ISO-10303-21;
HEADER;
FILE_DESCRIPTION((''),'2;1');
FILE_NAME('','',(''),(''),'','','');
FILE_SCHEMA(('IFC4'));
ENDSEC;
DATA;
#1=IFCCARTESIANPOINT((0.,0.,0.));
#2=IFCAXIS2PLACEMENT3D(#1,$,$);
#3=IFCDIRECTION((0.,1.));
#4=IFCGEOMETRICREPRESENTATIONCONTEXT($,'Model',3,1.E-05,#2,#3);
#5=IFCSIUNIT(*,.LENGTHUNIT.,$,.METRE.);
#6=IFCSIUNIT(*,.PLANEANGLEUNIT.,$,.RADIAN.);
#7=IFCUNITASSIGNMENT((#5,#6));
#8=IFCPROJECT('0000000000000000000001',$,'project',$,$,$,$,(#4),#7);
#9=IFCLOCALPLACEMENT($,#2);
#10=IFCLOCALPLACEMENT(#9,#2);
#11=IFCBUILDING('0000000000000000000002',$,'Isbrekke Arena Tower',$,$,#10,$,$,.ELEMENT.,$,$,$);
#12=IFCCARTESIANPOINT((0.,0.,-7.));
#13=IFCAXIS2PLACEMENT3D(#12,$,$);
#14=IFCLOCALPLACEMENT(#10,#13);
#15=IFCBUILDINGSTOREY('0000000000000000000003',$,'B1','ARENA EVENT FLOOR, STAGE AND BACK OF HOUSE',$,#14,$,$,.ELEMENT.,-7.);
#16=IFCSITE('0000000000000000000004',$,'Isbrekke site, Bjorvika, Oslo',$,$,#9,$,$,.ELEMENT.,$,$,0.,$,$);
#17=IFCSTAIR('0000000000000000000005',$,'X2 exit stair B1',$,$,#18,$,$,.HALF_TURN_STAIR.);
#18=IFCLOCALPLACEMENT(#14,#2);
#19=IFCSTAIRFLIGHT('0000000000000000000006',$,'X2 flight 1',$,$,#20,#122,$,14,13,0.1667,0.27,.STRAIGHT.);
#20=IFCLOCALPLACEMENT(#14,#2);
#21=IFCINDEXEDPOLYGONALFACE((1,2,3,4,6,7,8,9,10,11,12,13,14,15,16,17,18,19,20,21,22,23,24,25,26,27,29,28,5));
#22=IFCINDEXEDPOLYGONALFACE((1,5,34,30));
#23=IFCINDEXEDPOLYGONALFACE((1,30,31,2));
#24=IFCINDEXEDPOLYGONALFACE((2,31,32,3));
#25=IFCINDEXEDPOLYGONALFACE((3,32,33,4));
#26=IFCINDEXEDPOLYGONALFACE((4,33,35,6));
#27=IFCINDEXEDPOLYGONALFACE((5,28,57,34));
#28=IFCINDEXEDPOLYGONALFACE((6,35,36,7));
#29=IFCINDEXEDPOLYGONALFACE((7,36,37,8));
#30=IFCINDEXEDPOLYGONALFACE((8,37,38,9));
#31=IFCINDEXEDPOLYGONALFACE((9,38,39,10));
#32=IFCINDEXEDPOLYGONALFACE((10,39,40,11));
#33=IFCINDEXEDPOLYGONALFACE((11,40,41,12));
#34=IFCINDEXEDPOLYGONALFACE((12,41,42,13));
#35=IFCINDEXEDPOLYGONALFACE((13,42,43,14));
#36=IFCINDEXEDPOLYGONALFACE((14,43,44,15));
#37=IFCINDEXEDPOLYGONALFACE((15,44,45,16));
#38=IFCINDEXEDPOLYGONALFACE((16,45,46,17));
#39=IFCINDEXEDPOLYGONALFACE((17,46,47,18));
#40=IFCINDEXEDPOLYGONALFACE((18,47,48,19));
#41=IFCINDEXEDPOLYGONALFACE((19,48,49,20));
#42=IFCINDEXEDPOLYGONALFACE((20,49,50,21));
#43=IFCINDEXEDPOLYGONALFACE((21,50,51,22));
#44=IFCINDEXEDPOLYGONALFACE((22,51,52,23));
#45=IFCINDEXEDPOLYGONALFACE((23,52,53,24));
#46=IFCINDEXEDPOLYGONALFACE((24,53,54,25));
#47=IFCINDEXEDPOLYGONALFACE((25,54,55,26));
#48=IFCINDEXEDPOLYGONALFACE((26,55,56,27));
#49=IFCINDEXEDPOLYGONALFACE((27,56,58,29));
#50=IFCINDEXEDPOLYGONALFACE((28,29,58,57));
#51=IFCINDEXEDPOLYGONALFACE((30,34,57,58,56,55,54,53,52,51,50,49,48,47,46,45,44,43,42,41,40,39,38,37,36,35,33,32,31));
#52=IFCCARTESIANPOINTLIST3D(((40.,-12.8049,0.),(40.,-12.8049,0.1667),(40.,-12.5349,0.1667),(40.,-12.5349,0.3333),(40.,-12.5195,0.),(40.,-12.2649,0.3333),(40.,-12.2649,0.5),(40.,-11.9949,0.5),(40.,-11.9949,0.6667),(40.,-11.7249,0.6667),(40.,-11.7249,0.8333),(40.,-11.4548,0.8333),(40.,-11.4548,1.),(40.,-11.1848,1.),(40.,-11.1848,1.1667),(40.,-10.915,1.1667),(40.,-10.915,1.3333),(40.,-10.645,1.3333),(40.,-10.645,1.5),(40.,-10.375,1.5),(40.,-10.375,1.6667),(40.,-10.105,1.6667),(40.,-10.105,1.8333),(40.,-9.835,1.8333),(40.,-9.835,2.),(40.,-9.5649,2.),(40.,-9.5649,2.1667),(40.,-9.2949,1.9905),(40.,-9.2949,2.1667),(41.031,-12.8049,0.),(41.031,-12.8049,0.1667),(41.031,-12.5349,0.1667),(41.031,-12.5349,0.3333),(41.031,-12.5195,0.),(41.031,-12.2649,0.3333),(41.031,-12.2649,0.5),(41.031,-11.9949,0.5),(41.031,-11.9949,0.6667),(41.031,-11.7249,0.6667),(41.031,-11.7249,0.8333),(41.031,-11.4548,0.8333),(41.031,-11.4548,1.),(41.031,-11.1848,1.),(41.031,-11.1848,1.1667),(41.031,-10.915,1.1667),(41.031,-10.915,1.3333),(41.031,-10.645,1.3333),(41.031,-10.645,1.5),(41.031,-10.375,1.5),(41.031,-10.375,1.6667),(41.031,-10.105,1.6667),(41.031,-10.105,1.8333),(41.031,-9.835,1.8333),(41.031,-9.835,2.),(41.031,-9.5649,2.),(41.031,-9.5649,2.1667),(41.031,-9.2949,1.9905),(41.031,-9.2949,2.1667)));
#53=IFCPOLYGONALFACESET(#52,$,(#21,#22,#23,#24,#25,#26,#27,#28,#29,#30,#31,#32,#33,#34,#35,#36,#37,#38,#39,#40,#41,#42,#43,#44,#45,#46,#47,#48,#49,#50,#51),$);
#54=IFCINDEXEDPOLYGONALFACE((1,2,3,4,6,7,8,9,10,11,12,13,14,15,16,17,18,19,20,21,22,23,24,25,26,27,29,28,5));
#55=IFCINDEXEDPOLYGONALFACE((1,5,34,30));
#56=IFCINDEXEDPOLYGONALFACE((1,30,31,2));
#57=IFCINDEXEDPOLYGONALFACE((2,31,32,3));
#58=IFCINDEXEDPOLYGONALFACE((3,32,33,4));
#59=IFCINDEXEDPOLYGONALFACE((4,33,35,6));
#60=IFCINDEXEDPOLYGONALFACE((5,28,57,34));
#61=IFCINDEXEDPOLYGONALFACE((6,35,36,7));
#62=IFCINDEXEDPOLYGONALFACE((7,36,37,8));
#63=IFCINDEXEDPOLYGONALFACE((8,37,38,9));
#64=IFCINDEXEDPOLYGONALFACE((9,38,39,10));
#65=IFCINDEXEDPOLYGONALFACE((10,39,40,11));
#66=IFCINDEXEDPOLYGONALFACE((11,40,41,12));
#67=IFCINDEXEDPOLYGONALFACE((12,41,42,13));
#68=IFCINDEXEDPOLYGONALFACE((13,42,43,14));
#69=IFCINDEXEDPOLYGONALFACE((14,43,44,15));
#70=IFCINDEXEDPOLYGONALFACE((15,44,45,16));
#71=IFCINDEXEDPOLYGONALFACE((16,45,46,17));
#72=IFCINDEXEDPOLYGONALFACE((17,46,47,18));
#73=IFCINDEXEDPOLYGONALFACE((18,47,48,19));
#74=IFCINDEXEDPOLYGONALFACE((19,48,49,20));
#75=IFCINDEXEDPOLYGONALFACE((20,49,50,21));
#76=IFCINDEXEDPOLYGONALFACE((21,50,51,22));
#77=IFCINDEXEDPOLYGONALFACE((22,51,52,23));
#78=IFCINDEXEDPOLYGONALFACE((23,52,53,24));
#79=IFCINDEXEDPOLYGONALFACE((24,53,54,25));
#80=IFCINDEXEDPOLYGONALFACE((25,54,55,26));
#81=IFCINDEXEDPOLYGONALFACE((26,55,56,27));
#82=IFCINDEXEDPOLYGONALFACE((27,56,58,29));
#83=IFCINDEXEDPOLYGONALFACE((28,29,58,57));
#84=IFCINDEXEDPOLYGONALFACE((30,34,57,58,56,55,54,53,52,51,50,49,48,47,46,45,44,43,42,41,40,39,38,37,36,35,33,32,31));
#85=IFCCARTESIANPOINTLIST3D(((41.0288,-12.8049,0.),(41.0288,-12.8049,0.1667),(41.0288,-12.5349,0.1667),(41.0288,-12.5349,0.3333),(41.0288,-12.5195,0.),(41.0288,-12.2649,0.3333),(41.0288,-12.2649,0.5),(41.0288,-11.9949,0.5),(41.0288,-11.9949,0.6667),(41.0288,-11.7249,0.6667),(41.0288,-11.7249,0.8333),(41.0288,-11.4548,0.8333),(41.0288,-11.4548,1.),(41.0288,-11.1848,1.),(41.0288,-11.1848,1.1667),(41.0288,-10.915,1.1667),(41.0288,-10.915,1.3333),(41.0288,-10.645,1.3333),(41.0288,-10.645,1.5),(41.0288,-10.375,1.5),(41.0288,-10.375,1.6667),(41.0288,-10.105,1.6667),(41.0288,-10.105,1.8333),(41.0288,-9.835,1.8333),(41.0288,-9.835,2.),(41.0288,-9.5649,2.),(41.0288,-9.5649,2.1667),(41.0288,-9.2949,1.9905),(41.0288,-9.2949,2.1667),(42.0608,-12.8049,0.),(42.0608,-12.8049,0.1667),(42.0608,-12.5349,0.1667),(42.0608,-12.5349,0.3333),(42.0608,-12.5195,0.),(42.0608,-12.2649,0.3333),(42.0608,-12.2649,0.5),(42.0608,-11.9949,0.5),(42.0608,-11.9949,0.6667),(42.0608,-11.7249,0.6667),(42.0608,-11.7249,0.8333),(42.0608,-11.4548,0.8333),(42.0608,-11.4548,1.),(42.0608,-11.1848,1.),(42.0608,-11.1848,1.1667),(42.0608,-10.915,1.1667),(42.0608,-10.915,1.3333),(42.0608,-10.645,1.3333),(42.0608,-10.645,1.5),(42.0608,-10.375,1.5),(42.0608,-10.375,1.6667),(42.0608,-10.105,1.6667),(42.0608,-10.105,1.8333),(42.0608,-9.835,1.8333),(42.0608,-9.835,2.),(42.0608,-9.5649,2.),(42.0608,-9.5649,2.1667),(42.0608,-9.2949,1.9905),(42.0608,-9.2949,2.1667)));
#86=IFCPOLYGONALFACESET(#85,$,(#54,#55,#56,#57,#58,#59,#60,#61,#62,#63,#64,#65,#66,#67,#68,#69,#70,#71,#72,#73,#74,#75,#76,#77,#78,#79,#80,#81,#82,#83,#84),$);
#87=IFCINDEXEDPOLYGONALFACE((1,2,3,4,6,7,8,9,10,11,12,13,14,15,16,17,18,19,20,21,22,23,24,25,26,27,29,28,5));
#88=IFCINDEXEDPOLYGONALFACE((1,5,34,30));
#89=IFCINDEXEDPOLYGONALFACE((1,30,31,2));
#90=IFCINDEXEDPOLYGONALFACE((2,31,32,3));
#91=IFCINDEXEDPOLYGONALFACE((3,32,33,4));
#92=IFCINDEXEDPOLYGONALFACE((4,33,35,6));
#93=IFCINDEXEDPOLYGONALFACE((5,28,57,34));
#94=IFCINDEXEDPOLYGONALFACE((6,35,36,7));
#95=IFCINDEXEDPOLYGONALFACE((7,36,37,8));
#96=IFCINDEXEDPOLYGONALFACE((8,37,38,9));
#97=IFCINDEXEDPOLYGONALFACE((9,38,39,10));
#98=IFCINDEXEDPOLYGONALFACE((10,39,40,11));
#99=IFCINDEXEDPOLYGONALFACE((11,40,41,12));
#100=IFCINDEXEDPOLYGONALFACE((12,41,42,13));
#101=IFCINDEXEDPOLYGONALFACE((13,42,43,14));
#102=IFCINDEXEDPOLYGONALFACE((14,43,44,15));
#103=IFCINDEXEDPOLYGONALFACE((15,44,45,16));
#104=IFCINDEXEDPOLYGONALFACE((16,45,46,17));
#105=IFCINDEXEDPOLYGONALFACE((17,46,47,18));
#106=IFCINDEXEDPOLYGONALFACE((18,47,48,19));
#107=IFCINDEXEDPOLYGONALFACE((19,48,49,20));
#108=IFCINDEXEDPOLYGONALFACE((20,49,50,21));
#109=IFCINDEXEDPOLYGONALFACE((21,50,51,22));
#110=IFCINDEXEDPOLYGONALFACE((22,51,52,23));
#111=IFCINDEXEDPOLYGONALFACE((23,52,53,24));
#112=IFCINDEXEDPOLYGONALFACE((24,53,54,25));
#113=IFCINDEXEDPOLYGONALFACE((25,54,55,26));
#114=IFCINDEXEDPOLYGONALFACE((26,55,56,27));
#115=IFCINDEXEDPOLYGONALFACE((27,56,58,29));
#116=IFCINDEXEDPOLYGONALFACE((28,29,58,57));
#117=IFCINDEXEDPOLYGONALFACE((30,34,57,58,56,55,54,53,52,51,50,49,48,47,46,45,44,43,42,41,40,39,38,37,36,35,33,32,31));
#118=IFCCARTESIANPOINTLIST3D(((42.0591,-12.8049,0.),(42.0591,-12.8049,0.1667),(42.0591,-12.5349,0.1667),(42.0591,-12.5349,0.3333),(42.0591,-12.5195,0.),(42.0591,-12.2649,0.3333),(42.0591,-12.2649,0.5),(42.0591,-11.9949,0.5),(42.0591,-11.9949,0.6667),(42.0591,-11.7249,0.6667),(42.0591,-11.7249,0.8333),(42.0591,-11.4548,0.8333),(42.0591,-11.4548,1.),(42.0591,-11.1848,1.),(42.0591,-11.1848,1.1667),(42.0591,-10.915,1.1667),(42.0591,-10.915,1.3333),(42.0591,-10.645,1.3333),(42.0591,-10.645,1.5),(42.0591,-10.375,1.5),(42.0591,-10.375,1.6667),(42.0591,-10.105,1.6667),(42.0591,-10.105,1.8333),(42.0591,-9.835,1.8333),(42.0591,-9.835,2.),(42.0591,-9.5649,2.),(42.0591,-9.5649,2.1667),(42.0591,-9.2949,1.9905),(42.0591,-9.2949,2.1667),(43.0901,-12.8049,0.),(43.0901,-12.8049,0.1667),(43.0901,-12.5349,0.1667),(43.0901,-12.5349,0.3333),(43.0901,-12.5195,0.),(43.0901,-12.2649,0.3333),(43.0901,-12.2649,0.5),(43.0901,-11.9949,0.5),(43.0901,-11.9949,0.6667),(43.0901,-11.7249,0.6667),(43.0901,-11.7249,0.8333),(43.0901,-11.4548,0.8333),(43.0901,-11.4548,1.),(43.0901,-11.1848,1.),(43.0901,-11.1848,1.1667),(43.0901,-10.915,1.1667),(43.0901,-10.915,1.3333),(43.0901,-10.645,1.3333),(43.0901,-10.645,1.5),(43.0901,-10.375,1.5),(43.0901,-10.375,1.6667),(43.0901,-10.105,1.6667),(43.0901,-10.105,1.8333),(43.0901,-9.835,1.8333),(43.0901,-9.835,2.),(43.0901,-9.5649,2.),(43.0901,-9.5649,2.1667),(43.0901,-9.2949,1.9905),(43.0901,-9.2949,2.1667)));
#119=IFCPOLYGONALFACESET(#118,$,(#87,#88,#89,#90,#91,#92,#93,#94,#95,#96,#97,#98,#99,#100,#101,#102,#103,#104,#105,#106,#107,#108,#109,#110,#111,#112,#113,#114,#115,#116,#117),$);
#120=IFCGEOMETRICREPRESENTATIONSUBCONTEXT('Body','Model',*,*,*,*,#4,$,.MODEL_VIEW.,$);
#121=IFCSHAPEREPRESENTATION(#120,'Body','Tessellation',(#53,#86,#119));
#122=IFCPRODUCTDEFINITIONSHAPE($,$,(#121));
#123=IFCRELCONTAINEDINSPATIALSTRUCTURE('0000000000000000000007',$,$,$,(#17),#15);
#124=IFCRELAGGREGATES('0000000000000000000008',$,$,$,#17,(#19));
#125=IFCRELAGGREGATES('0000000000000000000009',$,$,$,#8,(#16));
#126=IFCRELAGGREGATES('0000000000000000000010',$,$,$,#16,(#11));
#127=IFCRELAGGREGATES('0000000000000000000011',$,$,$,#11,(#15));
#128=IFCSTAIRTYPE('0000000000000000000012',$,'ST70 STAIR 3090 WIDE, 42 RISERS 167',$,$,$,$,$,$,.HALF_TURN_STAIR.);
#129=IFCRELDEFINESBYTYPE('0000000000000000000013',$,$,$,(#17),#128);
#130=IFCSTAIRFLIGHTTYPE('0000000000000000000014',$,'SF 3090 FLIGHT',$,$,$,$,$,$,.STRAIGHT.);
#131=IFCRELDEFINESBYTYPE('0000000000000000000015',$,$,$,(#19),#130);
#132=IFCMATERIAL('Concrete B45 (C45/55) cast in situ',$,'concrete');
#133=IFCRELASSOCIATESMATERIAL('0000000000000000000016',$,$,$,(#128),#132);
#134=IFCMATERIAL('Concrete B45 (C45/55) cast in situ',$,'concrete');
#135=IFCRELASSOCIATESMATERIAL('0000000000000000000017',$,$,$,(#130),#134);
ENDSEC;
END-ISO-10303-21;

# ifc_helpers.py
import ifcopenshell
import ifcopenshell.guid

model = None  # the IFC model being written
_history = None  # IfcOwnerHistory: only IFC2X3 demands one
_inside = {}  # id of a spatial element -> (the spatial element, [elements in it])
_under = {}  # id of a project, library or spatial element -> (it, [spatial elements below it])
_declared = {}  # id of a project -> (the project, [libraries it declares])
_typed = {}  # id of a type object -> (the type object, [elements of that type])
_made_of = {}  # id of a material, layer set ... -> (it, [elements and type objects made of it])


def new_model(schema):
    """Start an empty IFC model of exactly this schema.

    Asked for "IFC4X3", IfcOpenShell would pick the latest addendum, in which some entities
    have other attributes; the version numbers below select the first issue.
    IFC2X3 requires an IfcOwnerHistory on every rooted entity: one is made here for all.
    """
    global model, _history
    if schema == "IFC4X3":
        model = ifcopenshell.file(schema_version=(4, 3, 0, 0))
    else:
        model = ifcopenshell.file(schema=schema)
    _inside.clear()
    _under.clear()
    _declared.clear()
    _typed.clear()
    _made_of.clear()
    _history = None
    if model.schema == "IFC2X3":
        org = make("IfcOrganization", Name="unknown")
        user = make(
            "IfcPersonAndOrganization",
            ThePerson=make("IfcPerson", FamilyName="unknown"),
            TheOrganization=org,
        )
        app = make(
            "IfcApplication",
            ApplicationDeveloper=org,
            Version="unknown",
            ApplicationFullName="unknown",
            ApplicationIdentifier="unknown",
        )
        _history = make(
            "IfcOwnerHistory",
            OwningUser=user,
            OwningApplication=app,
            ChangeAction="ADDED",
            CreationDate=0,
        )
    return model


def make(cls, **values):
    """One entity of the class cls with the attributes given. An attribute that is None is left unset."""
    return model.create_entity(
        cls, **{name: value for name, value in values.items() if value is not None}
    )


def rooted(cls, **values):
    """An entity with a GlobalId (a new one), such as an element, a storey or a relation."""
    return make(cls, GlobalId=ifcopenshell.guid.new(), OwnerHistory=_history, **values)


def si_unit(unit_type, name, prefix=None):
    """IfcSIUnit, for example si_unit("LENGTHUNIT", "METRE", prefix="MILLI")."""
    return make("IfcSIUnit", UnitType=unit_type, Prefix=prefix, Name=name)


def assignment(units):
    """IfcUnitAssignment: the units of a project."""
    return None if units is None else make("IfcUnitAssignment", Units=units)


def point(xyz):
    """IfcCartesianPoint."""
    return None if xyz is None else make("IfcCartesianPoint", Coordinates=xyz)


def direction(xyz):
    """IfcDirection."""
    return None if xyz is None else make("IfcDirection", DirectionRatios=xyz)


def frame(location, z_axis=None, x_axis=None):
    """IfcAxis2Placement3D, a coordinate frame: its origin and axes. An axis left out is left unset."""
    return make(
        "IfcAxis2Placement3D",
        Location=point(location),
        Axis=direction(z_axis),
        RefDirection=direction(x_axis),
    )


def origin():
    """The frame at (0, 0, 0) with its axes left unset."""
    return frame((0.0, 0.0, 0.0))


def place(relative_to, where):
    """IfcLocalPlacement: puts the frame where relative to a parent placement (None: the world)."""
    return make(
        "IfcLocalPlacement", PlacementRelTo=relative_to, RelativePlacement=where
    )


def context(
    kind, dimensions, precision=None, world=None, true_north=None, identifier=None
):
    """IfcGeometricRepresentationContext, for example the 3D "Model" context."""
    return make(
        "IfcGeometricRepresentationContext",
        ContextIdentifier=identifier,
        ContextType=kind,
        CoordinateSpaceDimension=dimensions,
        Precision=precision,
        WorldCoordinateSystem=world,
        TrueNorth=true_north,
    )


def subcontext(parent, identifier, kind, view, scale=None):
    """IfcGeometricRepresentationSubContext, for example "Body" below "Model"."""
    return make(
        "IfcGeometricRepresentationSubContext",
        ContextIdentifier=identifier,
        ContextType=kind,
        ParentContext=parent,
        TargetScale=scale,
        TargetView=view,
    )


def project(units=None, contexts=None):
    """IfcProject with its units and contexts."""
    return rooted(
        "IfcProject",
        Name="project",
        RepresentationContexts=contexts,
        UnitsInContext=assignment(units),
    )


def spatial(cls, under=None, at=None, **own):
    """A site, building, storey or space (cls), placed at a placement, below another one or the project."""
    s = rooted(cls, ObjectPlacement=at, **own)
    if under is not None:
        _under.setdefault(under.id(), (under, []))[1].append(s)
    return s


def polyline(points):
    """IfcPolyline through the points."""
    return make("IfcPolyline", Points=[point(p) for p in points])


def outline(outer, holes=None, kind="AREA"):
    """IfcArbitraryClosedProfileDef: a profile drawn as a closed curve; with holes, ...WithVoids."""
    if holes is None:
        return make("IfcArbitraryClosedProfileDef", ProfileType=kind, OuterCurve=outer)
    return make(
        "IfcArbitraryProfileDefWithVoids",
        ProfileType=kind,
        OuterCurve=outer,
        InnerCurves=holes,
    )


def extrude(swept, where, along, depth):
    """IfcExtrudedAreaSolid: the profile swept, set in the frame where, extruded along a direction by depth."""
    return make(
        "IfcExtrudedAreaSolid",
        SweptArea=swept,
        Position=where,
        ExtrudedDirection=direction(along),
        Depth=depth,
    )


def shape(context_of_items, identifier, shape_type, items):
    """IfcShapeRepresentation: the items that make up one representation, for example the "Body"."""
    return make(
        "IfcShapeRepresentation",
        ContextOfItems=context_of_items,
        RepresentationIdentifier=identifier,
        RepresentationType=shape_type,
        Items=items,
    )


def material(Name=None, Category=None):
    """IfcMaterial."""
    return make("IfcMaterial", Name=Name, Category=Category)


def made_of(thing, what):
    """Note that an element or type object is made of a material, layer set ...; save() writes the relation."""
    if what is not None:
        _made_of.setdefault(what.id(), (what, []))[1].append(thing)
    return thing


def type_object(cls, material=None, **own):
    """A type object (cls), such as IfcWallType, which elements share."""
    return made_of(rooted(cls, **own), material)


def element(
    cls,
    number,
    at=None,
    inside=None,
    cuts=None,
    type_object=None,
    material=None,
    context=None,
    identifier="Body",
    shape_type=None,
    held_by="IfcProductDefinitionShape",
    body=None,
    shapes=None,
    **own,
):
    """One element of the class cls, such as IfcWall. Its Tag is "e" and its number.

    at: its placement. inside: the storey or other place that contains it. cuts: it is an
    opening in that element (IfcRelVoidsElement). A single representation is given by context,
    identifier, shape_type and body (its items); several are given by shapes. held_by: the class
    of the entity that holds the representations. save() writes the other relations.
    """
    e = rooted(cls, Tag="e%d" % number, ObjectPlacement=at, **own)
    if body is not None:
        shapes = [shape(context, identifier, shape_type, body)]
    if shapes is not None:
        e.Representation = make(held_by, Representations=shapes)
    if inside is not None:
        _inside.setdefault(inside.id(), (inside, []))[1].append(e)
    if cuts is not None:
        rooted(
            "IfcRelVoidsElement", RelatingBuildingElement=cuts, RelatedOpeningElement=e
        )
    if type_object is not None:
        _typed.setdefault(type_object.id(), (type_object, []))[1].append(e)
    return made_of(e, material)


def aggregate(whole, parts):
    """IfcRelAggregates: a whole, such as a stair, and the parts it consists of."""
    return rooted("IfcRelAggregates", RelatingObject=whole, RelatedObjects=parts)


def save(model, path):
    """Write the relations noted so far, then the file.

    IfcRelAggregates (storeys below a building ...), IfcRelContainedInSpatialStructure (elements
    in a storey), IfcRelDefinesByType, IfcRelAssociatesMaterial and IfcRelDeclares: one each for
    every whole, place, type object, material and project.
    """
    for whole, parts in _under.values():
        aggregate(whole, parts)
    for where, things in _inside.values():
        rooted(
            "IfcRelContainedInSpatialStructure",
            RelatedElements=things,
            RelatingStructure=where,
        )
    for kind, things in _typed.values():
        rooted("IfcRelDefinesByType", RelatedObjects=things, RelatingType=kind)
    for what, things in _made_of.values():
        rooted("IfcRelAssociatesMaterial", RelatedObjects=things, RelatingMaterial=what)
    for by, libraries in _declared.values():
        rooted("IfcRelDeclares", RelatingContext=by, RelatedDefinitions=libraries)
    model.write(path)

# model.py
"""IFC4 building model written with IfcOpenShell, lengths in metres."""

from ifc_helpers import new_model, si_unit, direction, frame, origin, place, context, subcontext, project, spatial, polyline, outline, extrude, material, type_object, element, aggregate, save


model = new_model("IFC4")

# Units and contexts
model_context = context("Model", 3, precision=1e-05, world=origin(), true_north=direction((0.0, 1.0)))
body_context = subcontext(model_context, "Body", "Model", "MODEL_VIEW")
ifc_project = project(units=[si_unit("LENGTHUNIT", "METRE"), si_unit("PLANEANGLEUNIT", "RADIAN")], contexts=[model_context])

# Site, building, storey
site_placement = place(None, origin())
site = spatial("IfcSite", under=ifc_project, at=site_placement, Name="Isbrekke site, Bjorvika, Oslo", CompositionType="ELEMENT", RefElevation=0.0)
building_placement = place(site_placement, origin())
building = spatial("IfcBuilding", under=site, at=building_placement, Name="Isbrekke Arena Tower", CompositionType="ELEMENT")
storey_placement = place(building_placement, frame((0.0, 0.0, -7.0)))
storey = spatial("IfcBuildingStorey", under=building, at=storey_placement, Name="B1", Description="ARENA EVENT FLOOR, STAGE AND BACK OF HOUSE", CompositionType="ELEMENT", Elevation=-7.0)

# Stair, stair flight
ifc_material_1 = material(Name="Concrete B45 (C45/55) cast in situ", Category="concrete")
stair_type = type_object("IfcStairType", Name="ST70 STAIR 3090 WIDE, 42 RISERS 167", PredefinedType="HALF_TURN_STAIR", material=ifc_material_1)
ifc_material_2 = material(Name="Concrete B45 (C45/55) cast in situ", Category="concrete")
stair_flight_type = type_object("IfcStairFlightType", Name="SF 3090 FLIGHT", PredefinedType="STRAIGHT", material=ifc_material_2)
stair_1_placement = place(storey_placement, origin())
stair_1 = element("IfcStair", 1, at=stair_1_placement, inside=storey, type_object=stair_type, Name="X2 exit stair B1", PredefinedType="HALF_TURN_STAIR")
stair_flight_1_placement = place(storey_placement, frame((41.5449, -12.8049, 0.0), z_axis=(0.0, 0.0, 1.0), x_axis=(0.0, 1.0, 0.0)))
stair_flight_1 = element("IfcStairFlight", 2, at=stair_flight_1_placement, type_object=stair_flight_type, Name="X2 flight 1", NumberOfRisers=14, NumberOfTreads=13, PredefinedType="STRAIGHT", RiserHeight=0.1667, TreadLength=0.27, context=body_context, shape_type="SweptSolid", body=[
    extrude(outline(polyline([(0.0, 0.0), (0.0, 0.1667), (0.27, 0.1667), (0.27, 0.3333), (0.54, 0.3333), (0.54, 0.5), (0.8101, 0.5), (0.8101, 0.6667), (1.0801, 0.6667), (1.0801, 0.8333), (1.3501, 0.8333), (1.3501, 1.0), (1.6201, 1.0), (1.6201, 1.1667), (1.8899, 1.1667), (1.8899, 1.3333), (2.1599, 1.3333), (2.1599, 1.5), (2.4299, 1.5), (2.4299, 1.6667), (2.7, 1.6667), (2.7, 1.8333), (2.97, 1.8333), (2.97, 2.0), (3.24, 2.0), (3.24, 2.1667), (3.51, 2.1667), (3.51, 2.3333), (3.51, 1.9905), (0.2854, 0.0), (0.0, 0.0)])), frame((0.0, 1.5449, 0.0), z_axis=(0.0, -1.0, 0.0), x_axis=(1.0, 0.0, 0.0)), (0.0, 0.0, 1.0), 1.031),
    extrude(outline(polyline([(0.0, 0.0), (0.0, 0.1667), (0.27, 0.1667), (0.27, 0.3333), (0.54, 0.3333), (0.54, 0.5), (0.8101, 0.5), (0.8101, 0.6667), (1.0801, 0.6667), (1.0801, 0.8333), (1.3501, 0.8333), (1.3501, 1.0), (1.6201, 1.0), (1.6201, 1.1667), (1.8899, 1.1667), (1.8899, 1.3333), (2.1599, 1.3333), (2.1599, 1.5), (2.4299, 1.5), (2.4299, 1.6667), (2.7, 1.6667), (2.7, 1.8333), (2.97, 1.8333), (2.97, 2.0), (3.24, 2.0), (3.24, 2.1667), (3.51, 2.1667), (3.51, 2.3333), (3.51, 1.9905), (0.2854, 0.0), (0.0, 0.0)])), frame((0.0, 0.5161, 0.0), z_axis=(0.0, -1.0, 0.0), x_axis=(1.0, 0.0, 0.0)), (0.0, 0.0, 1.0), 1.032),
    extrude(outline(polyline([(0.0, 0.0), (0.0, 0.1667), (0.27, 0.1667), (0.27, 0.3333), (0.54, 0.3333), (0.54, 0.5), (0.8101, 0.5), (0.8101, 0.6667), (1.0801, 0.6667), (1.0801, 0.8333), (1.3501, 0.8333), (1.3501, 1.0), (1.6201, 1.0), (1.6201, 1.1667), (1.8899, 1.1667), (1.8899, 1.3333), (2.1599, 1.3333), (2.1599, 1.5), (2.4299, 1.5), (2.4299, 1.6667), (2.7, 1.6667), (2.7, 1.8333), (2.97, 1.8333), (2.97, 2.0), (3.24, 2.0), (3.24, 2.1667), (3.51, 2.1667), (3.51, 2.3333), (3.51, 1.9905), (0.2854, 0.0), (0.0, 0.0)])), frame((0.0, -0.5142, 0.0), z_axis=(0.0, -1.0, 0.0), x_axis=(1.0, 0.0, 0.0)), (0.0, 0.0, 1.0), 1.031),
])
aggregate(stair_1, [stair_flight_1])

save(model, "model.ifc")
